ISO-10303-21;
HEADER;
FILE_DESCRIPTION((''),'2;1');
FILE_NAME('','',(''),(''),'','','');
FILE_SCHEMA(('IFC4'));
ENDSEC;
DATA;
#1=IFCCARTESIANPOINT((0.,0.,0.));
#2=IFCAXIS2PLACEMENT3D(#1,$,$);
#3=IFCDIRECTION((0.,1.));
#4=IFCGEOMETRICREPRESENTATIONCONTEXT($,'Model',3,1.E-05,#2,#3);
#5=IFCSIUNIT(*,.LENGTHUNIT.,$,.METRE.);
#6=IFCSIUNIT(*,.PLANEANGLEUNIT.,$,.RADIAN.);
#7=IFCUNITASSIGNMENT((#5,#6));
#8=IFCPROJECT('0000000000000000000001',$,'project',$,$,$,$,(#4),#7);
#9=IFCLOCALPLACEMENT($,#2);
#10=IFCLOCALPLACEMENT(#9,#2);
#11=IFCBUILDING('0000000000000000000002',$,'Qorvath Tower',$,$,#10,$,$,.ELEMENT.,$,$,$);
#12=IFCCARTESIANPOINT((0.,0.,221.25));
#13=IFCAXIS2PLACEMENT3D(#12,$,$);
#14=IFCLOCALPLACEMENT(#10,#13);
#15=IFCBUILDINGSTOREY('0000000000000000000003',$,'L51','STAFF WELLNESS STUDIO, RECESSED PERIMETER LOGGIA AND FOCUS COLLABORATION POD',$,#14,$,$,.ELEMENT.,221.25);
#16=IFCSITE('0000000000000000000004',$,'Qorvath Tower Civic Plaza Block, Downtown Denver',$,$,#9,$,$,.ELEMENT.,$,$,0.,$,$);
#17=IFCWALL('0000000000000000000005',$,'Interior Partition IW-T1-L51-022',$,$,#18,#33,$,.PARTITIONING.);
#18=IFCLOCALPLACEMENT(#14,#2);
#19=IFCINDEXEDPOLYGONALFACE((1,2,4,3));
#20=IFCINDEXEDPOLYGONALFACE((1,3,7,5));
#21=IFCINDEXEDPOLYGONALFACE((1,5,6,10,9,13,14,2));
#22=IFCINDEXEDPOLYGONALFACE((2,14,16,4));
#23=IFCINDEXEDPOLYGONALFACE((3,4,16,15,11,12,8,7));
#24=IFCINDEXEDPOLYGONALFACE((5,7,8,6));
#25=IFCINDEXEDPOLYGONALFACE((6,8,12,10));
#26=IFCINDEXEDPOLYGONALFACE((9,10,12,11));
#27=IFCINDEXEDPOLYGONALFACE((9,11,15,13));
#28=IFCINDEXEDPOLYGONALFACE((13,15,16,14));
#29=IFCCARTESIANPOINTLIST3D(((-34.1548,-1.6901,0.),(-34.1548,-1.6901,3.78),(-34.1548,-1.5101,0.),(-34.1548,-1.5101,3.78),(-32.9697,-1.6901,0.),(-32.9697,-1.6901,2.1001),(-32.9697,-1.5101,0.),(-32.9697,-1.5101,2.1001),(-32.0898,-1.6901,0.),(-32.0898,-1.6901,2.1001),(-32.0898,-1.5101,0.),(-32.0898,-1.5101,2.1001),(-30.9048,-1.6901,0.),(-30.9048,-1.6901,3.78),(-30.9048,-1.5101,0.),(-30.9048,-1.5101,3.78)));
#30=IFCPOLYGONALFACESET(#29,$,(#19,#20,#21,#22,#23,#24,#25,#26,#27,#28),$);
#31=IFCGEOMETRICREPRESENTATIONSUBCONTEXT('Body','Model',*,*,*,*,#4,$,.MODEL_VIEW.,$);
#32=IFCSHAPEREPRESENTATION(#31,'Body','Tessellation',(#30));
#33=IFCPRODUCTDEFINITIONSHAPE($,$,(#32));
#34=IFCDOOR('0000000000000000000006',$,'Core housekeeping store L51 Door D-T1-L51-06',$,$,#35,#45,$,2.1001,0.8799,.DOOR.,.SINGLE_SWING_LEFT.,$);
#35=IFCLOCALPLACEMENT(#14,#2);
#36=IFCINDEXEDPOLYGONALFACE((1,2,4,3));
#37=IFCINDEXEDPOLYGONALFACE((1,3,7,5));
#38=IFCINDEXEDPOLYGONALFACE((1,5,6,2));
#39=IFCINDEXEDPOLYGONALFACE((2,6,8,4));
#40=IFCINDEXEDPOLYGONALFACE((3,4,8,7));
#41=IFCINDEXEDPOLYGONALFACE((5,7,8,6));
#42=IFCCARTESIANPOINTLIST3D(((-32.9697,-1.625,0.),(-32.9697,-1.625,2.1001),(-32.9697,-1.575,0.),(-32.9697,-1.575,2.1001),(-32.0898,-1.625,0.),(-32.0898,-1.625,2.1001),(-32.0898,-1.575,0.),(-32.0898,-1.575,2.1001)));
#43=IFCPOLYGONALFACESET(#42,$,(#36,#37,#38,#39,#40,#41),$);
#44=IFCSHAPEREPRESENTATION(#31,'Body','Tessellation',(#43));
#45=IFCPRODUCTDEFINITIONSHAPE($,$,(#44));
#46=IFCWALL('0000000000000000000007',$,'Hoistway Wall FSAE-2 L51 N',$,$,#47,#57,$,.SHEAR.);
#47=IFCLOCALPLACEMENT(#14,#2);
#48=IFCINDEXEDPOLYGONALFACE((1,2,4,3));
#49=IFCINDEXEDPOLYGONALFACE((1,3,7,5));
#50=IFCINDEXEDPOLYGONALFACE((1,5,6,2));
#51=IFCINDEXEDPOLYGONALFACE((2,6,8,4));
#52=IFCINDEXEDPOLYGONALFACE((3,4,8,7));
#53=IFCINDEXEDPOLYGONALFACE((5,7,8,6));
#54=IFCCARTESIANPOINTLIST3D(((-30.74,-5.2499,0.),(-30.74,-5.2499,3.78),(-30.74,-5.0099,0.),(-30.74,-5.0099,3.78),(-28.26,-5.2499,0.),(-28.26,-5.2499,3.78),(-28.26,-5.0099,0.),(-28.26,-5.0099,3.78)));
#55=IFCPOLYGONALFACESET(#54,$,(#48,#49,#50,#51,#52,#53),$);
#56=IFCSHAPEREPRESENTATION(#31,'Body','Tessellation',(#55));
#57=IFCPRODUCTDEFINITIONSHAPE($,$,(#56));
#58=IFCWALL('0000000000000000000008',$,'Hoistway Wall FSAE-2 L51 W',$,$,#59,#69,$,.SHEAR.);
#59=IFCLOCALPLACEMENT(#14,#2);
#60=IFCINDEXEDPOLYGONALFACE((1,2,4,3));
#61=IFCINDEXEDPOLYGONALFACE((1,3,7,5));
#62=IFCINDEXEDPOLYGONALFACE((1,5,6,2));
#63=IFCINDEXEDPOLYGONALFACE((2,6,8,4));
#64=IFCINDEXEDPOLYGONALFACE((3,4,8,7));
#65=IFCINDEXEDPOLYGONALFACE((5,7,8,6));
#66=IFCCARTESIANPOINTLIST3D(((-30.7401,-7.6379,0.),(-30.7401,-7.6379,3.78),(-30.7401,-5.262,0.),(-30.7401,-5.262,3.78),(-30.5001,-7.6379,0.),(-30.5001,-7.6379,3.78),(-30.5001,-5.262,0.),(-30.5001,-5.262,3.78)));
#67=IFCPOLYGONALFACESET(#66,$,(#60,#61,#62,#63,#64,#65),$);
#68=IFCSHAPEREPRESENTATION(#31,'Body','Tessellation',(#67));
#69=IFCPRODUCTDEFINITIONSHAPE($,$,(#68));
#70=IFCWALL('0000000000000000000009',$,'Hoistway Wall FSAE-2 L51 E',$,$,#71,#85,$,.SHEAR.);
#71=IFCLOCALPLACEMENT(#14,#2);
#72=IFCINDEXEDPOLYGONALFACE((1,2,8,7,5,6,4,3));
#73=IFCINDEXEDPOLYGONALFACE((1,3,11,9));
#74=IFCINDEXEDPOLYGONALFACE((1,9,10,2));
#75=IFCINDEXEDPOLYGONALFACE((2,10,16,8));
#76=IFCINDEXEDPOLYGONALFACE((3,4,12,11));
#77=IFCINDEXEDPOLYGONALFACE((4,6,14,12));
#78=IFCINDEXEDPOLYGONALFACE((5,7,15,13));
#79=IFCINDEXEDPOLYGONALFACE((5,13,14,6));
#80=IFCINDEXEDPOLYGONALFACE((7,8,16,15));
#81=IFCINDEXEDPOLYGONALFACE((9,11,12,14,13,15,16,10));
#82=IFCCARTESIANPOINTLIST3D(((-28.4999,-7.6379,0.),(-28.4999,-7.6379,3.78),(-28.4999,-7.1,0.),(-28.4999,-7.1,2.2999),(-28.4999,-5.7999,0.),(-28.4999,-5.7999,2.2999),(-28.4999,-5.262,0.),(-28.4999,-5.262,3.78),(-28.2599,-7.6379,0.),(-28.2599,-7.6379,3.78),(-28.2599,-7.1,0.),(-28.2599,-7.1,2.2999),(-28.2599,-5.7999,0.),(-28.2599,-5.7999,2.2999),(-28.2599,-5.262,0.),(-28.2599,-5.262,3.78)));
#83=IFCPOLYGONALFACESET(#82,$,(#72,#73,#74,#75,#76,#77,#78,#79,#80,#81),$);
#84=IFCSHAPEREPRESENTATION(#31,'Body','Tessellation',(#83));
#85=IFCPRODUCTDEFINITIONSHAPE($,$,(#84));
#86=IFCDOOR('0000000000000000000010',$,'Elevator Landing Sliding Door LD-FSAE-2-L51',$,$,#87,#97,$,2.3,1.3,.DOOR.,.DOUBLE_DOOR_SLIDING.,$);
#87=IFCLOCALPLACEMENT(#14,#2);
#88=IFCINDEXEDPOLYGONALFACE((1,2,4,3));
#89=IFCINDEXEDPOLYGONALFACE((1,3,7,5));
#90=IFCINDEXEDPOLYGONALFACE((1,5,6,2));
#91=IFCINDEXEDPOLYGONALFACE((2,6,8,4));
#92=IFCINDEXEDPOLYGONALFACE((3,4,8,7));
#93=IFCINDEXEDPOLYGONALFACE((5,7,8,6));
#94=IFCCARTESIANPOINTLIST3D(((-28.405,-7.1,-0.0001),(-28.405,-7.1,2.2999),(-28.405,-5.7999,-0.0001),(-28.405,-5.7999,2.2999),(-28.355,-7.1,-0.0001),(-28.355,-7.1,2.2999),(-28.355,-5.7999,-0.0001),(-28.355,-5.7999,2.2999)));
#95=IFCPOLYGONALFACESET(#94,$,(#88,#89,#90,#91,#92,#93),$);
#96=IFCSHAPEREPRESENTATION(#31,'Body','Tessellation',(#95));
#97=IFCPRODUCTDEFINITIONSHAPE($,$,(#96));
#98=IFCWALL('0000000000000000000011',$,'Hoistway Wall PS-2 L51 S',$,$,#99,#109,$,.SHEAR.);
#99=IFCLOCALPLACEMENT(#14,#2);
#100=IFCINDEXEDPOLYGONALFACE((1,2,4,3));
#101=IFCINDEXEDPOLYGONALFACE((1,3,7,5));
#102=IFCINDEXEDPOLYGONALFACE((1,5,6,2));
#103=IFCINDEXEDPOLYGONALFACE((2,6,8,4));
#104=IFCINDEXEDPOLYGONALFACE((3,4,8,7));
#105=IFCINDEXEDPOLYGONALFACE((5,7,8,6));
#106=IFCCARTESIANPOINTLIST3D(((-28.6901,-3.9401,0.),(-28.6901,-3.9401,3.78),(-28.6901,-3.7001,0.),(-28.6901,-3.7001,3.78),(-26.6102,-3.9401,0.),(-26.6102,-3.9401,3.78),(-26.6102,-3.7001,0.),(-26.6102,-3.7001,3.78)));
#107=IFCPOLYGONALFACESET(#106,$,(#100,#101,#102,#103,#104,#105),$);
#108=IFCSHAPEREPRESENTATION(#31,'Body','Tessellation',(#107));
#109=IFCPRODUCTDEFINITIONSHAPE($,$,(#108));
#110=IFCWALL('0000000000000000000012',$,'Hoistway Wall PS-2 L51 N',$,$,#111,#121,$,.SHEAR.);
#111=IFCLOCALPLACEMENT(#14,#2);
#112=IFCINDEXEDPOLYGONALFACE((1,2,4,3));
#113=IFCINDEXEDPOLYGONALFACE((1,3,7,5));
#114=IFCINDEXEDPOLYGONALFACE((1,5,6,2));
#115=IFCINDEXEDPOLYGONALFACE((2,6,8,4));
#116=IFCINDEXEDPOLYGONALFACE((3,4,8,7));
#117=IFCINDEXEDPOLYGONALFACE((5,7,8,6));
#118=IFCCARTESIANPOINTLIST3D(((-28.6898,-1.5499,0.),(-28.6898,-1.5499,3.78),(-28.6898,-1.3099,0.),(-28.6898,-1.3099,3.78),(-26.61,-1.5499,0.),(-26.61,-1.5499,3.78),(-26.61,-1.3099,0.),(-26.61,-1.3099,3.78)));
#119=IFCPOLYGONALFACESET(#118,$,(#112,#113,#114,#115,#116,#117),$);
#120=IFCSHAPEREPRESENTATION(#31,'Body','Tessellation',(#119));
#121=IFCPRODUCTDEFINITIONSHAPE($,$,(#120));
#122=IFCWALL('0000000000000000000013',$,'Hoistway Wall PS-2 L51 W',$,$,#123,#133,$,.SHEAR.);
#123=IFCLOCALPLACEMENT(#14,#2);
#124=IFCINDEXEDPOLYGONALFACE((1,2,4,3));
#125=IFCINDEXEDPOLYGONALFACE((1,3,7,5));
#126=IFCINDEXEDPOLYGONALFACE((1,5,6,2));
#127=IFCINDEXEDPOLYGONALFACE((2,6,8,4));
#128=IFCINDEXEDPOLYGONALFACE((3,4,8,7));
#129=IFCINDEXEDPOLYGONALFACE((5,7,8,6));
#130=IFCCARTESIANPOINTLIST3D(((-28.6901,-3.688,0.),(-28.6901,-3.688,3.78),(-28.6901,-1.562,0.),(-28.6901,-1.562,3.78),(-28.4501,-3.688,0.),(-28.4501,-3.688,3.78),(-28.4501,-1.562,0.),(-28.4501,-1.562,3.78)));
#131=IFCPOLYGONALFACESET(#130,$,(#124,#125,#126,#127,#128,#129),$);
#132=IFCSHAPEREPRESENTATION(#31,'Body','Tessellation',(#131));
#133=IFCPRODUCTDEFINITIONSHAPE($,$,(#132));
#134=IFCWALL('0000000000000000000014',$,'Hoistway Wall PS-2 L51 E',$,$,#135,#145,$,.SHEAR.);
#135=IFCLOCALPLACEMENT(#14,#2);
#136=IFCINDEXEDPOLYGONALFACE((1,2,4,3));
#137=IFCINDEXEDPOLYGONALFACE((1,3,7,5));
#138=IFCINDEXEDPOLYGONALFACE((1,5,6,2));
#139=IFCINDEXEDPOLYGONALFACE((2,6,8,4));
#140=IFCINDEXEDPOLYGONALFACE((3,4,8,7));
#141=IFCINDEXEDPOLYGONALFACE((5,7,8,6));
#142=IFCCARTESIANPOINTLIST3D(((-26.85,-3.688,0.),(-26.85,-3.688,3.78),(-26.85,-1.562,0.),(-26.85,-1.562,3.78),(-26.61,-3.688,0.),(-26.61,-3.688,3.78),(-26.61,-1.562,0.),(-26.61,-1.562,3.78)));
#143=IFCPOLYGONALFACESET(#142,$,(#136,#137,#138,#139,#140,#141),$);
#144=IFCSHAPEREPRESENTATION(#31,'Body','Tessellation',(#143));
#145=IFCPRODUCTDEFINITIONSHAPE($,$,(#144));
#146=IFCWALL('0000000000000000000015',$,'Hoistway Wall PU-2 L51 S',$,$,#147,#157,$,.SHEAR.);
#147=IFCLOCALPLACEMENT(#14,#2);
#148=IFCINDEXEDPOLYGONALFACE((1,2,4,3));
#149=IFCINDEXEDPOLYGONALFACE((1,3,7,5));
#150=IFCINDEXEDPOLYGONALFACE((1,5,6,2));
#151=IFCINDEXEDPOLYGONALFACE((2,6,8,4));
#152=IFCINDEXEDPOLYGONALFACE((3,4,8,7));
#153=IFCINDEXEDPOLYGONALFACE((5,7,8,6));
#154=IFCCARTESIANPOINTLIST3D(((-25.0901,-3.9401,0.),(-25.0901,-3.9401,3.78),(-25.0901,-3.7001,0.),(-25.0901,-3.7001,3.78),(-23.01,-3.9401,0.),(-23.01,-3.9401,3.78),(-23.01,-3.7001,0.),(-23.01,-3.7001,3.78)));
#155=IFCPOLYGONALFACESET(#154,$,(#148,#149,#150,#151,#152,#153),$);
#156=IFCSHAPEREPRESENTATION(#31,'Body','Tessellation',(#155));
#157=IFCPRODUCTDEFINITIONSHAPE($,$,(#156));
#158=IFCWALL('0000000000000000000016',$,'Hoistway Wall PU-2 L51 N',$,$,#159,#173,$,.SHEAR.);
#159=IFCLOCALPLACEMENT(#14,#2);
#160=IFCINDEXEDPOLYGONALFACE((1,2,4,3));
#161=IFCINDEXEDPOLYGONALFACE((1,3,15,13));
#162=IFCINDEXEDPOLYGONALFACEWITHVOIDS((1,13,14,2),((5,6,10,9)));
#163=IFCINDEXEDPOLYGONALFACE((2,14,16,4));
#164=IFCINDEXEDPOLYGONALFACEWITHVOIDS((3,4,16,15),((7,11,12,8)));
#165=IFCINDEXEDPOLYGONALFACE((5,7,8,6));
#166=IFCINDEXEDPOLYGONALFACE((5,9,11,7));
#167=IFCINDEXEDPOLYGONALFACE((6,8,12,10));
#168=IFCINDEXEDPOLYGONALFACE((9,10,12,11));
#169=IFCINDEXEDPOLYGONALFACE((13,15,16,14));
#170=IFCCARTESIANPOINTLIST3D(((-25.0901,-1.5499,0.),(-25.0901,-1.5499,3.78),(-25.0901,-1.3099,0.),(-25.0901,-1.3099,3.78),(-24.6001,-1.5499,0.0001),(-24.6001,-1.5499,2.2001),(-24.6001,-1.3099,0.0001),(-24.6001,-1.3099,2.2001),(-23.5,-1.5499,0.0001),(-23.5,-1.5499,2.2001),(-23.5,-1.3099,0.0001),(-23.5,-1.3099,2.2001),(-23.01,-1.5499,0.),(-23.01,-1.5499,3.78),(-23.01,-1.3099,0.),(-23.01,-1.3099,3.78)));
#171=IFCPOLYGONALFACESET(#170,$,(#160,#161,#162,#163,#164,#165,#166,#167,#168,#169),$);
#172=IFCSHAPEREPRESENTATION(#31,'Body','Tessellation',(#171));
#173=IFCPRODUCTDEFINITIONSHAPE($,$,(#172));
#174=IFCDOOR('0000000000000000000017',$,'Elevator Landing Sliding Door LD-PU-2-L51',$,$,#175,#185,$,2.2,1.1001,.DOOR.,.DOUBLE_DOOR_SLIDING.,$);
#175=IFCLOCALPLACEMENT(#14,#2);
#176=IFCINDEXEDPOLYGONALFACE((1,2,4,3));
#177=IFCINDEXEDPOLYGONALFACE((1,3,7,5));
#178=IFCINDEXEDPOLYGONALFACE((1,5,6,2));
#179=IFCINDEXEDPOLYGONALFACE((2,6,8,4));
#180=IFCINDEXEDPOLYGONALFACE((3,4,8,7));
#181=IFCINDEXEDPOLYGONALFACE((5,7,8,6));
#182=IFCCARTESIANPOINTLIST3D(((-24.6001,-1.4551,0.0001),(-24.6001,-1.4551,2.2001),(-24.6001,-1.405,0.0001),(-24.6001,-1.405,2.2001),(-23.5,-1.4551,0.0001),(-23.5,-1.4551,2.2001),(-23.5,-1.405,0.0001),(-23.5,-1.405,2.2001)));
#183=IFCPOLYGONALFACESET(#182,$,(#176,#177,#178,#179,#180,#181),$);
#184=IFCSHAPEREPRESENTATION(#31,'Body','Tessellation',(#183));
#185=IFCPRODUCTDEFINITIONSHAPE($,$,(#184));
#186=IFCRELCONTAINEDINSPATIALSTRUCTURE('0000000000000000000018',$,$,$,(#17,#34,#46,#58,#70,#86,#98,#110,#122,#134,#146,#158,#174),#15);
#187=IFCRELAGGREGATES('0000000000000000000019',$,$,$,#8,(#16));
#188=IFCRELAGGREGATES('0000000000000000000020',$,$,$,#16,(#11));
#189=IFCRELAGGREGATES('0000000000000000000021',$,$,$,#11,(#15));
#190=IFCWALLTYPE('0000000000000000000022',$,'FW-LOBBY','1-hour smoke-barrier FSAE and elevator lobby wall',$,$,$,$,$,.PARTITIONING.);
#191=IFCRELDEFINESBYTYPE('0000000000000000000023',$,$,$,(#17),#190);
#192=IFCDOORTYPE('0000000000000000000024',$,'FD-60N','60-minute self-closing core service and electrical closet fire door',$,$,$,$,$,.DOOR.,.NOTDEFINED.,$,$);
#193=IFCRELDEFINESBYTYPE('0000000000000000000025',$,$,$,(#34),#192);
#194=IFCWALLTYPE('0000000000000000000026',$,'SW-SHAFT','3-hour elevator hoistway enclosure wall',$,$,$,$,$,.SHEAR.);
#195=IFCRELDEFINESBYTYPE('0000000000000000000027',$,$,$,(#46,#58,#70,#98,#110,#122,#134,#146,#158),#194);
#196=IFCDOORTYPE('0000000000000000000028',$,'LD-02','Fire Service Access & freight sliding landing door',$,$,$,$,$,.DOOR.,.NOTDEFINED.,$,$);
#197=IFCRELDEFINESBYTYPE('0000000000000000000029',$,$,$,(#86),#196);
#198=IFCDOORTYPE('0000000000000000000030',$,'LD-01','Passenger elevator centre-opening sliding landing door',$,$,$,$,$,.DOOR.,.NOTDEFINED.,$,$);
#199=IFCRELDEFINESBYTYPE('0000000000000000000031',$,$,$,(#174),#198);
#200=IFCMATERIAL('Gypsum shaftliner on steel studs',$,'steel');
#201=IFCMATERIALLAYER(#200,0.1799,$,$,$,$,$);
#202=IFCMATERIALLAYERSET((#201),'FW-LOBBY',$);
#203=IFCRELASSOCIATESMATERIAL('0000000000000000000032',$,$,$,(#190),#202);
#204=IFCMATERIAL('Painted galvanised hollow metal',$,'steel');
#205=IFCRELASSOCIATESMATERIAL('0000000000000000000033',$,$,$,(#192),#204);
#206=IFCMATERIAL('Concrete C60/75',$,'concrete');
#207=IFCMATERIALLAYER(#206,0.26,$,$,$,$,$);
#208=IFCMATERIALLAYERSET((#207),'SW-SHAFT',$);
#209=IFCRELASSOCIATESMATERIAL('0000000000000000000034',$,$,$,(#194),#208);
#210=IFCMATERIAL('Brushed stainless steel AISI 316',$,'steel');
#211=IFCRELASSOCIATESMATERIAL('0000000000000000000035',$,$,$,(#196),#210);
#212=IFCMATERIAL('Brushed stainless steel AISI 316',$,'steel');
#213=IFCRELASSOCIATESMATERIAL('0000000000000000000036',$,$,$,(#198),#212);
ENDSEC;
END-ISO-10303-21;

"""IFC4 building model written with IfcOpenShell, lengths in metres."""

from ifc_helpers import new_model, si_unit, direction, frame, frame_2d, origin, place, context, subcontext, project, spatial, rectangle, extrude, material, layer, layer_set, type_object, element, fill, save


model = new_model("IFC4")

# Units and contexts
model_context = context("Model", 3, precision=1e-05, world=origin(), true_north=direction((0.0, 1.0)))
body_context = subcontext(model_context, "Body", "Model", "MODEL_VIEW")
ifc_project = project(units=[si_unit("LENGTHUNIT", "METRE"), si_unit("PLANEANGLEUNIT", "RADIAN")], contexts=[model_context])

# Site, building, storey
site_placement = place(None, origin())
site = spatial("IfcSite", under=ifc_project, at=site_placement, Name="Qorvath Tower Civic Plaza Block, Downtown Denver", CompositionType="ELEMENT", RefElevation=0.0)
building_placement = place(site_placement, origin())
building = spatial("IfcBuilding", under=site, at=building_placement, Name="Qorvath Tower", CompositionType="ELEMENT")
storey_placement = place(building_placement, frame((0.0, 0.0, 221.25)))
storey = spatial("IfcBuildingStorey", under=building, at=storey_placement, Name="L51", Description="STAFF WELLNESS STUDIO, RECESSED PERIMETER LOGGIA AND FOCUS COLLABORATION POD", CompositionType="ELEMENT", Elevation=221.25)

# Shared definitions
ifc_material_1 = material(Name="Gypsum shaftliner on steel studs", Category="steel")
ifc_layer_1 = layer(ifc_material_1, 0.1799)
ifc_layer_set_1 = layer_set([ifc_layer_1], Name="FW-LOBBY")
wall_type_1 = type_object("IfcWallType", Name="FW-LOBBY", Description="1-hour smoke-barrier FSAE and elevator lobby wall", PredefinedType="PARTITIONING", material=ifc_layer_set_1)

# Wall, opening, door
wall_1_placement = place(storey_placement, frame((-30.9048, -1.6001, 0.0), z_axis=(0.0, 0.0, 1.0), x_axis=(-1.0, 0.0, 0.0)))
wall_1 = element("IfcWall", 1, at=wall_1_placement, inside=storey, type_object=wall_type_1, Name="Interior Partition IW-T1-L51-022", PredefinedType="PARTITIONING", context=body_context, shape_type="SweptSolid", body=[
    extrude(rectangle(XDim=3.25, YDim=0.1799, at=frame_2d((1.625, 0.0))), origin(), (0.0, 0.0, 1.0), 3.78),
])
opening_1_placement = place(wall_1_placement, frame((1.1851, 0.0, 0.0)))
opening_1 = element("IfcOpeningElement", 2, at=opening_1_placement, cuts=wall_1, PredefinedType="OPENING", context=body_context, shape_type="SweptSolid", body=[
    extrude(rectangle(XDim=0.8799, YDim=2.1001, at=frame_2d((0.4399, 1.05))), frame((0.0, 0.1001, 0.0), z_axis=(0.0, -1.0, 0.0), x_axis=(1.0, 0.0, 0.0)), (0.0, 0.0, 1.0), 0.2),
])
ifc_material_2 = material(Name="Painted galvanised hollow metal", Category="steel")
door_type_1 = type_object("IfcDoorType", Name="FD-60N", Description="60-minute self-closing core service and electrical closet fire door", OperationType="NOTDEFINED", PredefinedType="DOOR", material=ifc_material_2)
door_1_placement = place(opening_1_placement, origin())
door_1 = element("IfcDoor", 3, at=door_1_placement, inside=storey, type_object=door_type_1, Name="Core housekeeping store L51 Door D-T1-L51-06", OperationType="SINGLE_SWING_LEFT", OverallHeight=2.1001, OverallWidth=0.8799, PredefinedType="DOOR", context=body_context, shape_type="SweptSolid", body=[
    extrude(rectangle(XDim=0.8799, YDim=2.1001, at=frame_2d((0.4399, 1.05))), frame((0.0, 0.0249, 0.0), z_axis=(0.0, -1.0, 0.0), x_axis=(1.0, 0.0, 0.0)), (0.0, 0.0, 1.0), 0.05),
])
fill(opening_1, door_1)

# Walls
ifc_material_3 = material(Name="Concrete C60/75", Category="concrete")
ifc_layer_2 = layer(ifc_material_3, 0.26)
ifc_layer_set_2 = layer_set([ifc_layer_2], Name="SW-SHAFT")
wall_type_2 = type_object("IfcWallType", Name="SW-SHAFT", Description="3-hour elevator hoistway enclosure wall", PredefinedType="SHEAR", material=ifc_layer_set_2)
wall_2_placement = place(storey_placement, frame((-30.74, -5.1299, 0.0), z_axis=(0.0, 0.0, 1.0), x_axis=(1.0, 0.0, 0.0)))
element("IfcWall", 4, at=wall_2_placement, inside=storey, type_object=wall_type_2, Name="Hoistway Wall FSAE-2 L51 N", PredefinedType="SHEAR", context=body_context, shape_type="SweptSolid", body=[
    extrude(rectangle(XDim=2.48, YDim=0.24, at=frame_2d((1.24, 0.0))), origin(), (0.0, 0.0, 1.0), 3.78),
])
wall_3_placement = place(storey_placement, frame((-30.6201, -7.6379, 0.0), z_axis=(0.0, 0.0, 1.0), x_axis=(0.0, 1.0, 0.0)))
element("IfcWall", 5, at=wall_3_placement, inside=storey, type_object=wall_type_2, Name="Hoistway Wall FSAE-2 L51 W", PredefinedType="SHEAR", context=body_context, shape_type="SweptSolid", body=[
    extrude(rectangle(XDim=2.376, YDim=0.24, at=frame_2d((1.188, 0.0))), origin(), (0.0, 0.0, 1.0), 3.78),
])

# Wall, opening, door
wall_4_placement = place(storey_placement, frame((-28.3799, -5.262, 0.0), z_axis=(0.0, 0.0, 1.0), x_axis=(0.0, -1.0, 0.0)))
wall_4 = element("IfcWall", 6, at=wall_4_placement, inside=storey, type_object=wall_type_2, Name="Hoistway Wall FSAE-2 L51 E", PredefinedType="SHEAR", context=body_context, shape_type="SweptSolid", body=[
    extrude(rectangle(XDim=2.376, YDim=0.24, at=frame_2d((1.188, 0.0))), origin(), (0.0, 0.0, 1.0), 3.78),
])
opening_2_placement = place(wall_4_placement, frame((0.5381, 0.0, 0.0)))
opening_2 = element("IfcOpeningElement", 7, at=opening_2_placement, cuts=wall_4, PredefinedType="OPENING", context=body_context, shape_type="SweptSolid", body=[
    extrude(rectangle(XDim=1.3, YDim=2.3, at=frame_2d((0.6499, 1.1499))), frame((0.0, 0.1299, 0.0), z_axis=(0.0, -1.0, 0.0), x_axis=(1.0, 0.0, 0.0)), (0.0, 0.0, 1.0), 0.26),
])
ifc_material_4 = material(Name="Brushed stainless steel AISI 316", Category="steel")
door_type_2 = type_object("IfcDoorType", Name="LD-02", Description="Fire Service Access & freight sliding landing door", OperationType="NOTDEFINED", PredefinedType="DOOR", material=ifc_material_4)
door_2_placement = place(opening_2_placement, origin())
door_2 = element("IfcDoor", 8, at=door_2_placement, inside=storey, type_object=door_type_2, Name="Elevator Landing Sliding Door LD-FSAE-2-L51", OperationType="DOUBLE_DOOR_SLIDING", OverallHeight=2.3, OverallWidth=1.3, PredefinedType="DOOR", context=body_context, shape_type="SweptSolid", body=[
    extrude(rectangle(XDim=1.3, YDim=2.3, at=frame_2d((0.6499, 1.1499))), frame((0.0, 0.0249, 0.0), z_axis=(0.0, -1.0, 0.0), x_axis=(1.0, 0.0, 0.0)), (0.0, 0.0, 1.0), 0.05),
])
fill(opening_2, door_2)

# Walls
for number, where, z_axis, x_axis, name in (
    (9, (-26.6101, -3.8201, 0.0), (0.0, 0.0, 1.0), (-1.0, 0.0, 0.0), "Hoistway Wall PS-2 L51 S"),
    (10, (-28.6899, -1.4299, 0.0), (0.0, 0.0, 1.0), (1.0, 0.0, 0.0), "Hoistway Wall PS-2 L51 N"),
):
    element("IfcWall", number, at=place(storey_placement, frame(where, z_axis=z_axis, x_axis=x_axis)), inside=storey, type_object=wall_type_2, Name=name, PredefinedType="SHEAR", context=body_context, shape_type="SweptSolid", body=[
        extrude(rectangle(XDim=2.0798, YDim=0.24, at=frame_2d((1.04, 0.0))), origin(), (0.0, 0.0, 1.0), 3.78),
    ])
for number, where, z_axis, x_axis, name in (
    (11, (-28.5701, -3.688, 0.0), (0.0, 0.0, 1.0), (0.0, 1.0, 0.0), "Hoistway Wall PS-2 L51 W"),
    (12, (-26.73, -1.562, 0.0), (0.0, 0.0, 1.0), (0.0, -1.0, 0.0), "Hoistway Wall PS-2 L51 E"),
):
    element("IfcWall", number, at=place(storey_placement, frame(where, z_axis=z_axis, x_axis=x_axis)), inside=storey, type_object=wall_type_2, Name=name, PredefinedType="SHEAR", context=body_context, shape_type="SweptSolid", body=[
        extrude(rectangle(XDim=2.126, YDim=0.24, at=frame_2d((1.063, 0.0))), origin(), (0.0, 0.0, 1.0), 3.78),
    ])
wall_5_placement = place(storey_placement, frame((-23.01, -3.8201, 0.0), z_axis=(0.0, 0.0, 1.0), x_axis=(-1.0, 0.0, 0.0)))
element("IfcWall", 13, at=wall_5_placement, inside=storey, type_object=wall_type_2, Name="Hoistway Wall PU-2 L51 S", PredefinedType="SHEAR", context=body_context, shape_type="SweptSolid", body=[
    extrude(rectangle(XDim=2.0801, YDim=0.24, at=frame_2d((1.04, 0.0))), origin(), (0.0, 0.0, 1.0), 3.78),
])

# Wall, opening, door
wall_6_placement = place(storey_placement, frame((-25.0901, -1.4299, 0.0), z_axis=(0.0, 0.0, 1.0), x_axis=(1.0, 0.0, 0.0)))
wall_6 = element("IfcWall", 14, at=wall_6_placement, inside=storey, type_object=wall_type_2, Name="Hoistway Wall PU-2 L51 N", PredefinedType="SHEAR", context=body_context, shape_type="SweptSolid", body=[
    extrude(rectangle(XDim=2.0801, YDim=0.24, at=frame_2d((1.04, 0.0))), origin(), (0.0, 0.0, 1.0), 3.78),
])
opening_3_placement = place(wall_6_placement, frame((0.49, 0.0, 0.0)))
opening_3 = element("IfcOpeningElement", 15, at=opening_3_placement, cuts=wall_6, PredefinedType="OPENING", context=body_context, shape_type="SweptSolid", body=[
    extrude(rectangle(XDim=1.1001, YDim=2.2, at=frame_2d((0.55, 1.1001))), frame((0.0, 0.1299, 0.0), z_axis=(0.0, -1.0, 0.0), x_axis=(1.0, 0.0, 0.0)), (0.0, 0.0, 1.0), 0.26),
])
ifc_material_5 = material(Name="Brushed stainless steel AISI 316", Category="steel")
door_type_3 = type_object("IfcDoorType", Name="LD-01", Description="Passenger elevator centre-opening sliding landing door", OperationType="NOTDEFINED", PredefinedType="DOOR", material=ifc_material_5)
door_3_placement = place(opening_3_placement, origin())
door_3 = element("IfcDoor", 16, at=door_3_placement, inside=storey, type_object=door_type_3, Name="Elevator Landing Sliding Door LD-PU-2-L51", OperationType="DOUBLE_DOOR_SLIDING", OverallHeight=2.2, OverallWidth=1.1001, PredefinedType="DOOR", context=body_context, shape_type="SweptSolid", body=[
    extrude(rectangle(XDim=1.1001, YDim=2.2, at=frame_2d((0.55, 1.1001))), frame((0.0, 0.0249, 0.0), z_axis=(0.0, -1.0, 0.0), x_axis=(1.0, 0.0, 0.0)), (0.0, 0.0, 1.0), 0.05),
])
fill(opening_3, door_3)

save(model, "model.ifc")
